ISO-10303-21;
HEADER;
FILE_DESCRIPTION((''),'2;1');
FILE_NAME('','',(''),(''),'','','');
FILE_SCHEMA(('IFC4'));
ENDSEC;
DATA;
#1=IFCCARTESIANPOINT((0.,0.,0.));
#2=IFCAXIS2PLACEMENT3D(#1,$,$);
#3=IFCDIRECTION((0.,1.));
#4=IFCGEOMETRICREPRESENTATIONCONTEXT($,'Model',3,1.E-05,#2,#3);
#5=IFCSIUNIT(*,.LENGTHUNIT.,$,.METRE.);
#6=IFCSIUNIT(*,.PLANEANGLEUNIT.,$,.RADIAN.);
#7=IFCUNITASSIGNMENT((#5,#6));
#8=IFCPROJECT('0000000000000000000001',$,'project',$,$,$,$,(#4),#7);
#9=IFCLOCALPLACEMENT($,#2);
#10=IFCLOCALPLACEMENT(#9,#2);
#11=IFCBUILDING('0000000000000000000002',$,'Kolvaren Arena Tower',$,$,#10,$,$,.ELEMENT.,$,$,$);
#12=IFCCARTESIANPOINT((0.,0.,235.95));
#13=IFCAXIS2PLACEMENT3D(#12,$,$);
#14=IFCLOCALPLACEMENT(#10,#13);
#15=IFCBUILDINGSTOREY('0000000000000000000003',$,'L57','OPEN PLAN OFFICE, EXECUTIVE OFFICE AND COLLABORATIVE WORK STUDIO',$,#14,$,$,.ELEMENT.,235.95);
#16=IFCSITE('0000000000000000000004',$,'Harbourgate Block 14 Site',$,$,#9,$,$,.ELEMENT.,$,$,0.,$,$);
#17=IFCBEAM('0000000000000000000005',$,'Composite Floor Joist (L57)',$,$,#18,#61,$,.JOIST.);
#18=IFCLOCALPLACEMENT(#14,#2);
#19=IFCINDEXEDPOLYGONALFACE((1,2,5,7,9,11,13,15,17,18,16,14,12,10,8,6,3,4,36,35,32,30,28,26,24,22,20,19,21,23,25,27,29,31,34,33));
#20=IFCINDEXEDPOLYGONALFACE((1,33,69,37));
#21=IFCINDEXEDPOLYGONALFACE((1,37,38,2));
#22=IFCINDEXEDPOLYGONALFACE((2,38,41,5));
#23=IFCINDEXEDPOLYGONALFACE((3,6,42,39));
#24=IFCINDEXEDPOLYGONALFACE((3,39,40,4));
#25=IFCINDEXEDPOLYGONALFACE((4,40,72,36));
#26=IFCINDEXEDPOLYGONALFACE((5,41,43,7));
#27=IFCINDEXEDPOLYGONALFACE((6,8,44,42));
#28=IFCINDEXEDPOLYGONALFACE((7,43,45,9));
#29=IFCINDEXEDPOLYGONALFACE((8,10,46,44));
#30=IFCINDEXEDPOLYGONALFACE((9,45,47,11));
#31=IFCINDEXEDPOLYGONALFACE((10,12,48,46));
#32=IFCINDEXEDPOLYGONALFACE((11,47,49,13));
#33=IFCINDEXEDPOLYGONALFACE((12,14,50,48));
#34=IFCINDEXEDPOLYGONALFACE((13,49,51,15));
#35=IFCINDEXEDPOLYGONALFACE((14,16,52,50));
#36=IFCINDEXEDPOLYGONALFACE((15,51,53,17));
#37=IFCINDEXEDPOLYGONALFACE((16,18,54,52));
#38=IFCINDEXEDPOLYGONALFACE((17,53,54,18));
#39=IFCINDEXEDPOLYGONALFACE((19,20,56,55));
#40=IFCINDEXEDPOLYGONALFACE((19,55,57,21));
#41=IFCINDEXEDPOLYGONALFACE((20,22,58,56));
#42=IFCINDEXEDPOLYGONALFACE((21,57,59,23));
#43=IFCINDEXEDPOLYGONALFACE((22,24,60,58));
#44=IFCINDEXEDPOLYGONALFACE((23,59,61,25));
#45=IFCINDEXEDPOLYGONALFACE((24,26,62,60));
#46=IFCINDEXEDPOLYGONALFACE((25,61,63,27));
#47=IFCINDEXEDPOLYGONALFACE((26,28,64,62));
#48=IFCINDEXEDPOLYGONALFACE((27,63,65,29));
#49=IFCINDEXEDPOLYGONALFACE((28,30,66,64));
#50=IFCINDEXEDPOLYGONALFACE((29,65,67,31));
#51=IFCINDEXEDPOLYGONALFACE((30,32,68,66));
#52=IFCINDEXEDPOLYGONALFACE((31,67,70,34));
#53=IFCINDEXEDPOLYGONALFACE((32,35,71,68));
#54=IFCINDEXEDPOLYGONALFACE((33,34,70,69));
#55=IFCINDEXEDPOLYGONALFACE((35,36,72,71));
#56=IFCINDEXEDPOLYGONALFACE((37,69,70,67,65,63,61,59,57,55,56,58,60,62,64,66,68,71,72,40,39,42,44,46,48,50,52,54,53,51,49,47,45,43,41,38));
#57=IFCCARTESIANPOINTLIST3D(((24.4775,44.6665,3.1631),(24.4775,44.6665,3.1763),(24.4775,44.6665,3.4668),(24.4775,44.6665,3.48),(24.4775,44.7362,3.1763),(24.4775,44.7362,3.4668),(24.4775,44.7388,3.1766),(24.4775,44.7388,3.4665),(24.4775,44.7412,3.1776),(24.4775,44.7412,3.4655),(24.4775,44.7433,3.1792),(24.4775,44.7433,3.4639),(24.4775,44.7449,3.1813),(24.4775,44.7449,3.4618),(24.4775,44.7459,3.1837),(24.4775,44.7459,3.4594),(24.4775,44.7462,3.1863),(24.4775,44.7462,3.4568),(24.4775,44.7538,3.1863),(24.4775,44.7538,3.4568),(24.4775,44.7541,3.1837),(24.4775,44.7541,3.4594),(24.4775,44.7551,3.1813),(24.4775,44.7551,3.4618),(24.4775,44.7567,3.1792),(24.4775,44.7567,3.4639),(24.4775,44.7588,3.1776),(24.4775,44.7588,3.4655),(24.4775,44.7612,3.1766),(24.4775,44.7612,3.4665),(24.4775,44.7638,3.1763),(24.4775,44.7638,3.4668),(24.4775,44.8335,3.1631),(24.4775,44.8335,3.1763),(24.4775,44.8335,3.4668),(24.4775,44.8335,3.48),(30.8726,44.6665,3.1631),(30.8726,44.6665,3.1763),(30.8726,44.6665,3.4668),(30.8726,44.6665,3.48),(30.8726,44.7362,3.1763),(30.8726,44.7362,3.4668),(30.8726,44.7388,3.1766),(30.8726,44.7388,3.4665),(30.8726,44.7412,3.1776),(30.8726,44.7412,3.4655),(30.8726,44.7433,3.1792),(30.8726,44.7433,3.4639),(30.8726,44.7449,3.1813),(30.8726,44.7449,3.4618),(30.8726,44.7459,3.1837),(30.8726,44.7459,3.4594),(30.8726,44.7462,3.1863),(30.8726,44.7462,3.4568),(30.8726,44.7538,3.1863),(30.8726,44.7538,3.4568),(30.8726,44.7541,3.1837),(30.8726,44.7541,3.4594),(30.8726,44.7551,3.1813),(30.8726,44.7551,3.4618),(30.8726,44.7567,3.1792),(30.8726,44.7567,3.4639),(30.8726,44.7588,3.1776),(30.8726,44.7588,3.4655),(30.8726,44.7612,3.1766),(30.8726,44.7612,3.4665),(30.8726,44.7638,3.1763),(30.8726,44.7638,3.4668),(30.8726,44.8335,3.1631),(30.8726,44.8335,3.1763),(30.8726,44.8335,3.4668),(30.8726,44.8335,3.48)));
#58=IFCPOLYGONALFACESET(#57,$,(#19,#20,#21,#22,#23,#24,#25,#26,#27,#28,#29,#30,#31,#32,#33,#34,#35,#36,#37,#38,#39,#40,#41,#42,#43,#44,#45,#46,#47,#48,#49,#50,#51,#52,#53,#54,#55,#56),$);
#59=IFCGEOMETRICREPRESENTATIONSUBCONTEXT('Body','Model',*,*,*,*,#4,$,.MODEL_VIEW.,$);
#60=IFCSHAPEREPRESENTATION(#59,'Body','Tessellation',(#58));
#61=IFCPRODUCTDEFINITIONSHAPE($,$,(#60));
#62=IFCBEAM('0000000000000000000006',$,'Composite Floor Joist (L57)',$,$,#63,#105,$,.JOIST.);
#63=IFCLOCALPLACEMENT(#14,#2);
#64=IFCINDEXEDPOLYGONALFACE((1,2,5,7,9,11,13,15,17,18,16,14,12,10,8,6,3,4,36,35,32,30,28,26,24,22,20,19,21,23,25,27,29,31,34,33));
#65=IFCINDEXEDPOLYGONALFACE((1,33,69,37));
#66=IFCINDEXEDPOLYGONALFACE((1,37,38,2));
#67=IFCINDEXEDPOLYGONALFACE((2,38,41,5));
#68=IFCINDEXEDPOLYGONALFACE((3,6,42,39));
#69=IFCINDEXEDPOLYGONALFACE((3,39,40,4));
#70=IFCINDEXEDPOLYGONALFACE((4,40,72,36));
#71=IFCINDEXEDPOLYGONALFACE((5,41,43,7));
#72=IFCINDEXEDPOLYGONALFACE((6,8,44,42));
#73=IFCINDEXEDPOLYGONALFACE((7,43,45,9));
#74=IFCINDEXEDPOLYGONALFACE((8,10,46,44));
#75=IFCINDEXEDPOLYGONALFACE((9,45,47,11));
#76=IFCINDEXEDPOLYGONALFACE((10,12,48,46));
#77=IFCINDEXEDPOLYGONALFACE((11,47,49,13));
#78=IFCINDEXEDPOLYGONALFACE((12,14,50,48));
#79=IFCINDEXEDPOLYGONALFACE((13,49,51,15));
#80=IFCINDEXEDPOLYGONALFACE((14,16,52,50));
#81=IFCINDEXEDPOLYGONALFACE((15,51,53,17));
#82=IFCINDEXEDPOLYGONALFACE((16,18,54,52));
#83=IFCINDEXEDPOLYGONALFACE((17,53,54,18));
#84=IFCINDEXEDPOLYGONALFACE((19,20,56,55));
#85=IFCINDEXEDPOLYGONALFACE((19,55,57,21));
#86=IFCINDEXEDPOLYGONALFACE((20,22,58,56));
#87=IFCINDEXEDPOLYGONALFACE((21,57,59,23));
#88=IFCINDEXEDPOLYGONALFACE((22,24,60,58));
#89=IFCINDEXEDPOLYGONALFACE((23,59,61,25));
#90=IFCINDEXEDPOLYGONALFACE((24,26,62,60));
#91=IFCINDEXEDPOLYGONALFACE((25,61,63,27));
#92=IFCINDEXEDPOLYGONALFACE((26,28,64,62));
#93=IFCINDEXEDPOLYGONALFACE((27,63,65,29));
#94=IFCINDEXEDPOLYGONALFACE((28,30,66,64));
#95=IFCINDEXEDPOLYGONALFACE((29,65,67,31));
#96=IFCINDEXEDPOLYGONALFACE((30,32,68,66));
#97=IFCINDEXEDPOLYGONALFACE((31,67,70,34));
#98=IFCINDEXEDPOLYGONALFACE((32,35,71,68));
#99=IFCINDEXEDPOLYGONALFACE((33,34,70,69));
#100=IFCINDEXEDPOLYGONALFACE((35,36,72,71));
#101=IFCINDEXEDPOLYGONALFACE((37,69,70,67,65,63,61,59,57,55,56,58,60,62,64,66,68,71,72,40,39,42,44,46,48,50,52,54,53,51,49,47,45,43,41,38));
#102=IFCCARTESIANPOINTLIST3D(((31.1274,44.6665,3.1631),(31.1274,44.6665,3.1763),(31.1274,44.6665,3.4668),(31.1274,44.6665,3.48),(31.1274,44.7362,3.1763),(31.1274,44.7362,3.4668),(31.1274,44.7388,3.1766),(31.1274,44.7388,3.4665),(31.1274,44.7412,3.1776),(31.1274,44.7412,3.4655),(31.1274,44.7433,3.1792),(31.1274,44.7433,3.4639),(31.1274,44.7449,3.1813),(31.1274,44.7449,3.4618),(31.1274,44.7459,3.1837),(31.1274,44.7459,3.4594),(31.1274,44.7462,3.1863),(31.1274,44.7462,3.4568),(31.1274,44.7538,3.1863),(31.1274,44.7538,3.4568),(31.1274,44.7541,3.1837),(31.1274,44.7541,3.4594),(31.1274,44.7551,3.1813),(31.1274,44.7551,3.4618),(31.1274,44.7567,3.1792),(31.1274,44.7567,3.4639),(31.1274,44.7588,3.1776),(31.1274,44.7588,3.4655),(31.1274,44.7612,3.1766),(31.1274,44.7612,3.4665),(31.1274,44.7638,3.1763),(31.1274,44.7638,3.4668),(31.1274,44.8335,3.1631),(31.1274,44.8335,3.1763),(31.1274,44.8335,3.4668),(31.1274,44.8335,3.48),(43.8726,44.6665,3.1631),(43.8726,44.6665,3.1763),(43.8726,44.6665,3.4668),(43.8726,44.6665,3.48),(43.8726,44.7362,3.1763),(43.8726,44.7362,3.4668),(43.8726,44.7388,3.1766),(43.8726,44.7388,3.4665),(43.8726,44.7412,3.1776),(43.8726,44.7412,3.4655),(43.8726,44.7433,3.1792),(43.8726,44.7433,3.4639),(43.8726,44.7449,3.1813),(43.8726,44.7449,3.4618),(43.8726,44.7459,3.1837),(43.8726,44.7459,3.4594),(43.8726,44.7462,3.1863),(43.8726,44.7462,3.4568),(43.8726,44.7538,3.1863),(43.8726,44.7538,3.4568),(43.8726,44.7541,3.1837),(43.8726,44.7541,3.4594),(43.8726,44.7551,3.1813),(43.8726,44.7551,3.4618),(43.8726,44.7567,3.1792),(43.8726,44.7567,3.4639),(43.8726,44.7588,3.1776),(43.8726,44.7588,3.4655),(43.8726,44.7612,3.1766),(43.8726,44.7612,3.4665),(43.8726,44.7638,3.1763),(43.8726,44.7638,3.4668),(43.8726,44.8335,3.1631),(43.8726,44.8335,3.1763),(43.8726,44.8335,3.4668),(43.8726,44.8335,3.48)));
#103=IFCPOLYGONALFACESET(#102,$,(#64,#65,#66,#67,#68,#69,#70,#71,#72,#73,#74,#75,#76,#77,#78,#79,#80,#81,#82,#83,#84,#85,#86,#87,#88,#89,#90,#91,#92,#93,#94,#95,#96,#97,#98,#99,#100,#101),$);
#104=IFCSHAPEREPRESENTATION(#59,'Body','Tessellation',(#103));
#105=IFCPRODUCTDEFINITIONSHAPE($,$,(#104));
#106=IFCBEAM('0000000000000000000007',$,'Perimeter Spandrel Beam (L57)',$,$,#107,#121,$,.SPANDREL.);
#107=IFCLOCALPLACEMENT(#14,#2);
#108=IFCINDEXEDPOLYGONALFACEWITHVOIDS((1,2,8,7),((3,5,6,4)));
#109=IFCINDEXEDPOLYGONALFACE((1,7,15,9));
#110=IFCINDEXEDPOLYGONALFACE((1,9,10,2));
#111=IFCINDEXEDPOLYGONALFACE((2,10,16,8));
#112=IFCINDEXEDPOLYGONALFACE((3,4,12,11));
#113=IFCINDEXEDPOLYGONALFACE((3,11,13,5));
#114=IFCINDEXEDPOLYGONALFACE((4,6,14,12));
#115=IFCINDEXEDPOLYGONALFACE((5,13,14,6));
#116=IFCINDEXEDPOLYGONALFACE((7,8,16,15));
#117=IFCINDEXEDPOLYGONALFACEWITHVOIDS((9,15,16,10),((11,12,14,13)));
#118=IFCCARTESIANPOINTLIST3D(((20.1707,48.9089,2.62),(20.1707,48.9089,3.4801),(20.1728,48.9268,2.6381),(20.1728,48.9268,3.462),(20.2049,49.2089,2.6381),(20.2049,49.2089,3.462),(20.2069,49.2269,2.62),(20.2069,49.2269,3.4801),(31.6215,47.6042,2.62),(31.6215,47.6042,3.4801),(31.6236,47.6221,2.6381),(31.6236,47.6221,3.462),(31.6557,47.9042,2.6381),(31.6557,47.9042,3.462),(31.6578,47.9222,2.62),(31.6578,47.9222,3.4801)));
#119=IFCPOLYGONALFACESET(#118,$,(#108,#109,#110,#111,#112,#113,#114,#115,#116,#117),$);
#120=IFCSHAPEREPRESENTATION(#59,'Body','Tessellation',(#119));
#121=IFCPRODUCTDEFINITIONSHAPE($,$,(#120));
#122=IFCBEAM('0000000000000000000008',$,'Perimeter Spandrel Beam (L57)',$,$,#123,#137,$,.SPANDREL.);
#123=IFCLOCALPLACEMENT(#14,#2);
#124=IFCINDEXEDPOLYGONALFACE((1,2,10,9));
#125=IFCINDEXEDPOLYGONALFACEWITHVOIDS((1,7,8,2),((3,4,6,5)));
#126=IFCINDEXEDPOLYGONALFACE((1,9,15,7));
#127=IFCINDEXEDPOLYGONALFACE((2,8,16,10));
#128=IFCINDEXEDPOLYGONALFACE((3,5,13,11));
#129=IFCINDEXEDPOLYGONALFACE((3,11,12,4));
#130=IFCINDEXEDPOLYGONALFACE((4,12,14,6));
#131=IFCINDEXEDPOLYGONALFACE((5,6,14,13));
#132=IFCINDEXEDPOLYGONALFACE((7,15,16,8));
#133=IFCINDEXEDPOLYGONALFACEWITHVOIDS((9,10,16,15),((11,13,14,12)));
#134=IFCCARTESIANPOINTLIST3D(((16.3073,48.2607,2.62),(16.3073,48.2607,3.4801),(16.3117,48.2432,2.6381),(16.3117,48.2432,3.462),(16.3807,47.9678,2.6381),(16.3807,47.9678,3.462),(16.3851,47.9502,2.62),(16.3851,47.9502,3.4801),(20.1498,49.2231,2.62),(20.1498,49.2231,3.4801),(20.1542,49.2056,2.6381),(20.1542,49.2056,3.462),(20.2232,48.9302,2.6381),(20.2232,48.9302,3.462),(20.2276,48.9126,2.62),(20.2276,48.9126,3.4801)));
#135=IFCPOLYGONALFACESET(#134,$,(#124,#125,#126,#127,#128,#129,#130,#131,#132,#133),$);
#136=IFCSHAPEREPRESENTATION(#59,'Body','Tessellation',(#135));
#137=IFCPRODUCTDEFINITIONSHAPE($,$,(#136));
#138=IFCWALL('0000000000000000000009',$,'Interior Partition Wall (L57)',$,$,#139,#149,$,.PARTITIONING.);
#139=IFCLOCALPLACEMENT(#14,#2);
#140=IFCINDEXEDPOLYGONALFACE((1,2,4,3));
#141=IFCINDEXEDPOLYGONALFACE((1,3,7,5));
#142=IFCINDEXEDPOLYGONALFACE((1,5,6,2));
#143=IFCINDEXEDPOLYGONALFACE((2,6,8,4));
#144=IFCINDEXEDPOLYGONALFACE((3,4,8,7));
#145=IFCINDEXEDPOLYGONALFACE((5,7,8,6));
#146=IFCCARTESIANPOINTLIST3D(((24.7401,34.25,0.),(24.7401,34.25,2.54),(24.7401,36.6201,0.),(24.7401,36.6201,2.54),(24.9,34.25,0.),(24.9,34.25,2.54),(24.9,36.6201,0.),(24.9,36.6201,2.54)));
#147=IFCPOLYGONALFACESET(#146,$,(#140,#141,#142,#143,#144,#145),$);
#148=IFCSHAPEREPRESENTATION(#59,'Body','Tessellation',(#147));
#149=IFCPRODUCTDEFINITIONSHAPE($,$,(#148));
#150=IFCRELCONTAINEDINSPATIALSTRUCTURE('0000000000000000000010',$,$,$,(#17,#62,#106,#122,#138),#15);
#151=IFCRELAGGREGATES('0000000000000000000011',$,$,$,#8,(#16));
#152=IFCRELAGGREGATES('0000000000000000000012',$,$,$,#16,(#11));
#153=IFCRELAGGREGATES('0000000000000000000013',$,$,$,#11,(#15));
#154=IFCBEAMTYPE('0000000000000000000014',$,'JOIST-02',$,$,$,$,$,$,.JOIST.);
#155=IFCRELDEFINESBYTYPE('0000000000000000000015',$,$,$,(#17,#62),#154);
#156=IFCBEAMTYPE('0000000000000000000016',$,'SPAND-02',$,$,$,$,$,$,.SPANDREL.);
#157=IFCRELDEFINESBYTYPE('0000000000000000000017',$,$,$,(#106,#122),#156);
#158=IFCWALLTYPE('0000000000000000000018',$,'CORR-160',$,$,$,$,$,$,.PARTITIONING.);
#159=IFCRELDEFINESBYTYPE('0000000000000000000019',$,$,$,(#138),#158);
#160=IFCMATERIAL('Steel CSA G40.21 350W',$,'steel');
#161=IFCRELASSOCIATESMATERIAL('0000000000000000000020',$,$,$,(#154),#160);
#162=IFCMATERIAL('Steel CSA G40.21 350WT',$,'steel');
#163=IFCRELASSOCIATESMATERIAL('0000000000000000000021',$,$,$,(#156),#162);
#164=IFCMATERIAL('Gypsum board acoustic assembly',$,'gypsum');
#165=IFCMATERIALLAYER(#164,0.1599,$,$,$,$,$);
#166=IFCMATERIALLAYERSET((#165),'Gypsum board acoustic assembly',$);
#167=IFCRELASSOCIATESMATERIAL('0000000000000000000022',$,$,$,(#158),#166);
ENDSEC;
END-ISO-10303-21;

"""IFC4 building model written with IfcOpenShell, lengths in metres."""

from ifc_helpers import new_model, si_unit, direction, frame, frame_2d, origin, origin_2d, place, context, subcontext, project, spatial, rectangle, hollow_rectangle, i_section, extrude, material, layer, layer_set, material_profile, profile_set, type_object, element, save


model = new_model("IFC4")

# Units and contexts
model_context = context("Model", 3, precision=1e-05, world=origin(), true_north=direction((0.0, 1.0)))
body_context = subcontext(model_context, "Body", "Model", "MODEL_VIEW")
ifc_project = project(units=[si_unit("LENGTHUNIT", "METRE"), si_unit("PLANEANGLEUNIT", "RADIAN")], contexts=[model_context])

# Site, building, storey
site_placement = place(None, origin())
site = spatial("IfcSite", under=ifc_project, at=site_placement, Name="Harbourgate Block 14 Site", CompositionType="ELEMENT", RefElevation=0.0)
building_placement = place(site_placement, origin())
building = spatial("IfcBuilding", under=site, at=building_placement, Name="Kolvaren Arena Tower", CompositionType="ELEMENT")
storey_placement = place(building_placement, frame((0.0, 0.0, 235.95)))
storey = spatial("IfcBuildingStorey", under=building, at=storey_placement, Name="L57", Description="OPEN PLAN OFFICE, EXECUTIVE OFFICE AND COLLABORATIVE WORK STUDIO", CompositionType="ELEMENT", Elevation=235.95)

# Beams
ifc_material_1 = material(Name="Steel CSA G40.21 350W", Category="steel")
ifc_material_profile_1 = material_profile(ifc_material_1, i_section(OverallWidth=0.167, OverallDepth=0.3169, WebThickness=0.0076, FlangeThickness=0.0132, FilletRadius=0.01, at=origin_2d()), Name="W310x52")
ifc_profile_set_1 = profile_set([ifc_material_profile_1], Name="Steel CSA G40.21 350W")
beam_type_1 = type_object("IfcBeamType", Name="JOIST-02", PredefinedType="JOIST", material=ifc_profile_set_1)
beam_1_placement = place(storey_placement, frame((24.4775, 44.75, 3.3215), z_axis=(1.0, 0.0, 0.0), x_axis=(0.0, 1.0, 0.0)))
element("IfcBeam", 1, at=beam_1_placement, inside=storey, type_object=beam_type_1, Name="Composite Floor Joist (L57)", PredefinedType="JOIST", context=body_context, shape_type="SweptSolid", body=[
    extrude(i_section(OverallWidth=0.167, OverallDepth=0.3169, WebThickness=0.0076, FlangeThickness=0.0132, FilletRadius=0.01, at=origin_2d()), origin(), (0.0, 0.0, 1.0), 6.395),
])
beam_2_placement = place(storey_placement, frame((31.1274, 44.75, 3.3215), z_axis=(1.0, 0.0, 0.0), x_axis=(0.0, 1.0, 0.0)))
element("IfcBeam", 2, at=beam_2_placement, inside=storey, type_object=beam_type_1, Name="Composite Floor Joist (L57)", PredefinedType="JOIST", context=body_context, shape_type="SweptSolid", body=[
    extrude(i_section(OverallWidth=0.167, OverallDepth=0.3169, WebThickness=0.0076, FlangeThickness=0.0132, FilletRadius=0.01, at=origin_2d()), origin(), (0.0, 0.0, 1.0), 12.7451),
])
ifc_material_2 = material(Name="Steel CSA G40.21 350WT", Category="steel")
ifc_material_profile_2 = material_profile(ifc_material_2, hollow_rectangle(XDim=0.3201, YDim=0.8601, WallThickness=0.0181, at=origin_2d()), Name="HSS 860x320x18")
ifc_profile_set_2 = profile_set([ifc_material_profile_2], Name="Steel CSA G40.21 350WT")
beam_type_2 = type_object("IfcBeamType", Name="SPAND-02", PredefinedType="SPANDREL", material=ifc_profile_set_2)
beam_3_placement = place(storey_placement, frame((31.6396, 47.7632, 3.05), z_axis=(-0.993572, 0.113205, 0.0), x_axis=(-0.113205, -0.993572, 0.0)))
element("IfcBeam", 3, at=beam_3_placement, inside=storey, type_object=beam_type_2, Name="Perimeter Spandrel Beam (L57)", PredefinedType="SPANDREL", context=body_context, shape_type="SweptSolid", body=[
    extrude(hollow_rectangle(XDim=0.3201, YDim=0.8601, WallThickness=0.0181, at=origin_2d()), origin(), (0.0, 0.0, 1.0), 11.5249),
])
beam_4_placement = place(storey_placement, frame((20.1887, 49.0679, 3.05), z_axis=(-0.970037, -0.242956, 0.0), x_axis=(0.242956, -0.970037, 0.0)))
element("IfcBeam", 4, at=beam_4_placement, inside=storey, type_object=beam_type_2, Name="Perimeter Spandrel Beam (L57)", PredefinedType="SPANDREL", context=body_context, shape_type="SweptSolid", body=[
    extrude(hollow_rectangle(XDim=0.3201, YDim=0.8601, WallThickness=0.0181, at=origin_2d()), origin(), (0.0, 0.0, 1.0), 3.9612),
])

# Wall
ifc_material_3 = material(Name="Gypsum board acoustic assembly", Category="gypsum")
ifc_layer_1 = layer(ifc_material_3, 0.1599)
ifc_layer_set_1 = layer_set([ifc_layer_1], Name="Gypsum board acoustic assembly")
wall_type_1 = type_object("IfcWallType", Name="CORR-160", PredefinedType="PARTITIONING", material=ifc_layer_set_1)
wall_1_placement = place(storey_placement, frame((24.8201, 34.25, 0.0), z_axis=(0.0, 0.0, 1.0), x_axis=(0.0, 1.0, 0.0)))
element("IfcWall", 5, at=wall_1_placement, inside=storey, type_object=wall_type_1, Name="Interior Partition Wall (L57)", PredefinedType="PARTITIONING", context=body_context, shape_type="SweptSolid", body=[
    extrude(rectangle(XDim=2.3701, YDim=0.1599, at=frame_2d((1.1851, 0.0))), origin(), (0.0, 0.0, 1.0), 2.54),
])

save(model, "model.ifc")
